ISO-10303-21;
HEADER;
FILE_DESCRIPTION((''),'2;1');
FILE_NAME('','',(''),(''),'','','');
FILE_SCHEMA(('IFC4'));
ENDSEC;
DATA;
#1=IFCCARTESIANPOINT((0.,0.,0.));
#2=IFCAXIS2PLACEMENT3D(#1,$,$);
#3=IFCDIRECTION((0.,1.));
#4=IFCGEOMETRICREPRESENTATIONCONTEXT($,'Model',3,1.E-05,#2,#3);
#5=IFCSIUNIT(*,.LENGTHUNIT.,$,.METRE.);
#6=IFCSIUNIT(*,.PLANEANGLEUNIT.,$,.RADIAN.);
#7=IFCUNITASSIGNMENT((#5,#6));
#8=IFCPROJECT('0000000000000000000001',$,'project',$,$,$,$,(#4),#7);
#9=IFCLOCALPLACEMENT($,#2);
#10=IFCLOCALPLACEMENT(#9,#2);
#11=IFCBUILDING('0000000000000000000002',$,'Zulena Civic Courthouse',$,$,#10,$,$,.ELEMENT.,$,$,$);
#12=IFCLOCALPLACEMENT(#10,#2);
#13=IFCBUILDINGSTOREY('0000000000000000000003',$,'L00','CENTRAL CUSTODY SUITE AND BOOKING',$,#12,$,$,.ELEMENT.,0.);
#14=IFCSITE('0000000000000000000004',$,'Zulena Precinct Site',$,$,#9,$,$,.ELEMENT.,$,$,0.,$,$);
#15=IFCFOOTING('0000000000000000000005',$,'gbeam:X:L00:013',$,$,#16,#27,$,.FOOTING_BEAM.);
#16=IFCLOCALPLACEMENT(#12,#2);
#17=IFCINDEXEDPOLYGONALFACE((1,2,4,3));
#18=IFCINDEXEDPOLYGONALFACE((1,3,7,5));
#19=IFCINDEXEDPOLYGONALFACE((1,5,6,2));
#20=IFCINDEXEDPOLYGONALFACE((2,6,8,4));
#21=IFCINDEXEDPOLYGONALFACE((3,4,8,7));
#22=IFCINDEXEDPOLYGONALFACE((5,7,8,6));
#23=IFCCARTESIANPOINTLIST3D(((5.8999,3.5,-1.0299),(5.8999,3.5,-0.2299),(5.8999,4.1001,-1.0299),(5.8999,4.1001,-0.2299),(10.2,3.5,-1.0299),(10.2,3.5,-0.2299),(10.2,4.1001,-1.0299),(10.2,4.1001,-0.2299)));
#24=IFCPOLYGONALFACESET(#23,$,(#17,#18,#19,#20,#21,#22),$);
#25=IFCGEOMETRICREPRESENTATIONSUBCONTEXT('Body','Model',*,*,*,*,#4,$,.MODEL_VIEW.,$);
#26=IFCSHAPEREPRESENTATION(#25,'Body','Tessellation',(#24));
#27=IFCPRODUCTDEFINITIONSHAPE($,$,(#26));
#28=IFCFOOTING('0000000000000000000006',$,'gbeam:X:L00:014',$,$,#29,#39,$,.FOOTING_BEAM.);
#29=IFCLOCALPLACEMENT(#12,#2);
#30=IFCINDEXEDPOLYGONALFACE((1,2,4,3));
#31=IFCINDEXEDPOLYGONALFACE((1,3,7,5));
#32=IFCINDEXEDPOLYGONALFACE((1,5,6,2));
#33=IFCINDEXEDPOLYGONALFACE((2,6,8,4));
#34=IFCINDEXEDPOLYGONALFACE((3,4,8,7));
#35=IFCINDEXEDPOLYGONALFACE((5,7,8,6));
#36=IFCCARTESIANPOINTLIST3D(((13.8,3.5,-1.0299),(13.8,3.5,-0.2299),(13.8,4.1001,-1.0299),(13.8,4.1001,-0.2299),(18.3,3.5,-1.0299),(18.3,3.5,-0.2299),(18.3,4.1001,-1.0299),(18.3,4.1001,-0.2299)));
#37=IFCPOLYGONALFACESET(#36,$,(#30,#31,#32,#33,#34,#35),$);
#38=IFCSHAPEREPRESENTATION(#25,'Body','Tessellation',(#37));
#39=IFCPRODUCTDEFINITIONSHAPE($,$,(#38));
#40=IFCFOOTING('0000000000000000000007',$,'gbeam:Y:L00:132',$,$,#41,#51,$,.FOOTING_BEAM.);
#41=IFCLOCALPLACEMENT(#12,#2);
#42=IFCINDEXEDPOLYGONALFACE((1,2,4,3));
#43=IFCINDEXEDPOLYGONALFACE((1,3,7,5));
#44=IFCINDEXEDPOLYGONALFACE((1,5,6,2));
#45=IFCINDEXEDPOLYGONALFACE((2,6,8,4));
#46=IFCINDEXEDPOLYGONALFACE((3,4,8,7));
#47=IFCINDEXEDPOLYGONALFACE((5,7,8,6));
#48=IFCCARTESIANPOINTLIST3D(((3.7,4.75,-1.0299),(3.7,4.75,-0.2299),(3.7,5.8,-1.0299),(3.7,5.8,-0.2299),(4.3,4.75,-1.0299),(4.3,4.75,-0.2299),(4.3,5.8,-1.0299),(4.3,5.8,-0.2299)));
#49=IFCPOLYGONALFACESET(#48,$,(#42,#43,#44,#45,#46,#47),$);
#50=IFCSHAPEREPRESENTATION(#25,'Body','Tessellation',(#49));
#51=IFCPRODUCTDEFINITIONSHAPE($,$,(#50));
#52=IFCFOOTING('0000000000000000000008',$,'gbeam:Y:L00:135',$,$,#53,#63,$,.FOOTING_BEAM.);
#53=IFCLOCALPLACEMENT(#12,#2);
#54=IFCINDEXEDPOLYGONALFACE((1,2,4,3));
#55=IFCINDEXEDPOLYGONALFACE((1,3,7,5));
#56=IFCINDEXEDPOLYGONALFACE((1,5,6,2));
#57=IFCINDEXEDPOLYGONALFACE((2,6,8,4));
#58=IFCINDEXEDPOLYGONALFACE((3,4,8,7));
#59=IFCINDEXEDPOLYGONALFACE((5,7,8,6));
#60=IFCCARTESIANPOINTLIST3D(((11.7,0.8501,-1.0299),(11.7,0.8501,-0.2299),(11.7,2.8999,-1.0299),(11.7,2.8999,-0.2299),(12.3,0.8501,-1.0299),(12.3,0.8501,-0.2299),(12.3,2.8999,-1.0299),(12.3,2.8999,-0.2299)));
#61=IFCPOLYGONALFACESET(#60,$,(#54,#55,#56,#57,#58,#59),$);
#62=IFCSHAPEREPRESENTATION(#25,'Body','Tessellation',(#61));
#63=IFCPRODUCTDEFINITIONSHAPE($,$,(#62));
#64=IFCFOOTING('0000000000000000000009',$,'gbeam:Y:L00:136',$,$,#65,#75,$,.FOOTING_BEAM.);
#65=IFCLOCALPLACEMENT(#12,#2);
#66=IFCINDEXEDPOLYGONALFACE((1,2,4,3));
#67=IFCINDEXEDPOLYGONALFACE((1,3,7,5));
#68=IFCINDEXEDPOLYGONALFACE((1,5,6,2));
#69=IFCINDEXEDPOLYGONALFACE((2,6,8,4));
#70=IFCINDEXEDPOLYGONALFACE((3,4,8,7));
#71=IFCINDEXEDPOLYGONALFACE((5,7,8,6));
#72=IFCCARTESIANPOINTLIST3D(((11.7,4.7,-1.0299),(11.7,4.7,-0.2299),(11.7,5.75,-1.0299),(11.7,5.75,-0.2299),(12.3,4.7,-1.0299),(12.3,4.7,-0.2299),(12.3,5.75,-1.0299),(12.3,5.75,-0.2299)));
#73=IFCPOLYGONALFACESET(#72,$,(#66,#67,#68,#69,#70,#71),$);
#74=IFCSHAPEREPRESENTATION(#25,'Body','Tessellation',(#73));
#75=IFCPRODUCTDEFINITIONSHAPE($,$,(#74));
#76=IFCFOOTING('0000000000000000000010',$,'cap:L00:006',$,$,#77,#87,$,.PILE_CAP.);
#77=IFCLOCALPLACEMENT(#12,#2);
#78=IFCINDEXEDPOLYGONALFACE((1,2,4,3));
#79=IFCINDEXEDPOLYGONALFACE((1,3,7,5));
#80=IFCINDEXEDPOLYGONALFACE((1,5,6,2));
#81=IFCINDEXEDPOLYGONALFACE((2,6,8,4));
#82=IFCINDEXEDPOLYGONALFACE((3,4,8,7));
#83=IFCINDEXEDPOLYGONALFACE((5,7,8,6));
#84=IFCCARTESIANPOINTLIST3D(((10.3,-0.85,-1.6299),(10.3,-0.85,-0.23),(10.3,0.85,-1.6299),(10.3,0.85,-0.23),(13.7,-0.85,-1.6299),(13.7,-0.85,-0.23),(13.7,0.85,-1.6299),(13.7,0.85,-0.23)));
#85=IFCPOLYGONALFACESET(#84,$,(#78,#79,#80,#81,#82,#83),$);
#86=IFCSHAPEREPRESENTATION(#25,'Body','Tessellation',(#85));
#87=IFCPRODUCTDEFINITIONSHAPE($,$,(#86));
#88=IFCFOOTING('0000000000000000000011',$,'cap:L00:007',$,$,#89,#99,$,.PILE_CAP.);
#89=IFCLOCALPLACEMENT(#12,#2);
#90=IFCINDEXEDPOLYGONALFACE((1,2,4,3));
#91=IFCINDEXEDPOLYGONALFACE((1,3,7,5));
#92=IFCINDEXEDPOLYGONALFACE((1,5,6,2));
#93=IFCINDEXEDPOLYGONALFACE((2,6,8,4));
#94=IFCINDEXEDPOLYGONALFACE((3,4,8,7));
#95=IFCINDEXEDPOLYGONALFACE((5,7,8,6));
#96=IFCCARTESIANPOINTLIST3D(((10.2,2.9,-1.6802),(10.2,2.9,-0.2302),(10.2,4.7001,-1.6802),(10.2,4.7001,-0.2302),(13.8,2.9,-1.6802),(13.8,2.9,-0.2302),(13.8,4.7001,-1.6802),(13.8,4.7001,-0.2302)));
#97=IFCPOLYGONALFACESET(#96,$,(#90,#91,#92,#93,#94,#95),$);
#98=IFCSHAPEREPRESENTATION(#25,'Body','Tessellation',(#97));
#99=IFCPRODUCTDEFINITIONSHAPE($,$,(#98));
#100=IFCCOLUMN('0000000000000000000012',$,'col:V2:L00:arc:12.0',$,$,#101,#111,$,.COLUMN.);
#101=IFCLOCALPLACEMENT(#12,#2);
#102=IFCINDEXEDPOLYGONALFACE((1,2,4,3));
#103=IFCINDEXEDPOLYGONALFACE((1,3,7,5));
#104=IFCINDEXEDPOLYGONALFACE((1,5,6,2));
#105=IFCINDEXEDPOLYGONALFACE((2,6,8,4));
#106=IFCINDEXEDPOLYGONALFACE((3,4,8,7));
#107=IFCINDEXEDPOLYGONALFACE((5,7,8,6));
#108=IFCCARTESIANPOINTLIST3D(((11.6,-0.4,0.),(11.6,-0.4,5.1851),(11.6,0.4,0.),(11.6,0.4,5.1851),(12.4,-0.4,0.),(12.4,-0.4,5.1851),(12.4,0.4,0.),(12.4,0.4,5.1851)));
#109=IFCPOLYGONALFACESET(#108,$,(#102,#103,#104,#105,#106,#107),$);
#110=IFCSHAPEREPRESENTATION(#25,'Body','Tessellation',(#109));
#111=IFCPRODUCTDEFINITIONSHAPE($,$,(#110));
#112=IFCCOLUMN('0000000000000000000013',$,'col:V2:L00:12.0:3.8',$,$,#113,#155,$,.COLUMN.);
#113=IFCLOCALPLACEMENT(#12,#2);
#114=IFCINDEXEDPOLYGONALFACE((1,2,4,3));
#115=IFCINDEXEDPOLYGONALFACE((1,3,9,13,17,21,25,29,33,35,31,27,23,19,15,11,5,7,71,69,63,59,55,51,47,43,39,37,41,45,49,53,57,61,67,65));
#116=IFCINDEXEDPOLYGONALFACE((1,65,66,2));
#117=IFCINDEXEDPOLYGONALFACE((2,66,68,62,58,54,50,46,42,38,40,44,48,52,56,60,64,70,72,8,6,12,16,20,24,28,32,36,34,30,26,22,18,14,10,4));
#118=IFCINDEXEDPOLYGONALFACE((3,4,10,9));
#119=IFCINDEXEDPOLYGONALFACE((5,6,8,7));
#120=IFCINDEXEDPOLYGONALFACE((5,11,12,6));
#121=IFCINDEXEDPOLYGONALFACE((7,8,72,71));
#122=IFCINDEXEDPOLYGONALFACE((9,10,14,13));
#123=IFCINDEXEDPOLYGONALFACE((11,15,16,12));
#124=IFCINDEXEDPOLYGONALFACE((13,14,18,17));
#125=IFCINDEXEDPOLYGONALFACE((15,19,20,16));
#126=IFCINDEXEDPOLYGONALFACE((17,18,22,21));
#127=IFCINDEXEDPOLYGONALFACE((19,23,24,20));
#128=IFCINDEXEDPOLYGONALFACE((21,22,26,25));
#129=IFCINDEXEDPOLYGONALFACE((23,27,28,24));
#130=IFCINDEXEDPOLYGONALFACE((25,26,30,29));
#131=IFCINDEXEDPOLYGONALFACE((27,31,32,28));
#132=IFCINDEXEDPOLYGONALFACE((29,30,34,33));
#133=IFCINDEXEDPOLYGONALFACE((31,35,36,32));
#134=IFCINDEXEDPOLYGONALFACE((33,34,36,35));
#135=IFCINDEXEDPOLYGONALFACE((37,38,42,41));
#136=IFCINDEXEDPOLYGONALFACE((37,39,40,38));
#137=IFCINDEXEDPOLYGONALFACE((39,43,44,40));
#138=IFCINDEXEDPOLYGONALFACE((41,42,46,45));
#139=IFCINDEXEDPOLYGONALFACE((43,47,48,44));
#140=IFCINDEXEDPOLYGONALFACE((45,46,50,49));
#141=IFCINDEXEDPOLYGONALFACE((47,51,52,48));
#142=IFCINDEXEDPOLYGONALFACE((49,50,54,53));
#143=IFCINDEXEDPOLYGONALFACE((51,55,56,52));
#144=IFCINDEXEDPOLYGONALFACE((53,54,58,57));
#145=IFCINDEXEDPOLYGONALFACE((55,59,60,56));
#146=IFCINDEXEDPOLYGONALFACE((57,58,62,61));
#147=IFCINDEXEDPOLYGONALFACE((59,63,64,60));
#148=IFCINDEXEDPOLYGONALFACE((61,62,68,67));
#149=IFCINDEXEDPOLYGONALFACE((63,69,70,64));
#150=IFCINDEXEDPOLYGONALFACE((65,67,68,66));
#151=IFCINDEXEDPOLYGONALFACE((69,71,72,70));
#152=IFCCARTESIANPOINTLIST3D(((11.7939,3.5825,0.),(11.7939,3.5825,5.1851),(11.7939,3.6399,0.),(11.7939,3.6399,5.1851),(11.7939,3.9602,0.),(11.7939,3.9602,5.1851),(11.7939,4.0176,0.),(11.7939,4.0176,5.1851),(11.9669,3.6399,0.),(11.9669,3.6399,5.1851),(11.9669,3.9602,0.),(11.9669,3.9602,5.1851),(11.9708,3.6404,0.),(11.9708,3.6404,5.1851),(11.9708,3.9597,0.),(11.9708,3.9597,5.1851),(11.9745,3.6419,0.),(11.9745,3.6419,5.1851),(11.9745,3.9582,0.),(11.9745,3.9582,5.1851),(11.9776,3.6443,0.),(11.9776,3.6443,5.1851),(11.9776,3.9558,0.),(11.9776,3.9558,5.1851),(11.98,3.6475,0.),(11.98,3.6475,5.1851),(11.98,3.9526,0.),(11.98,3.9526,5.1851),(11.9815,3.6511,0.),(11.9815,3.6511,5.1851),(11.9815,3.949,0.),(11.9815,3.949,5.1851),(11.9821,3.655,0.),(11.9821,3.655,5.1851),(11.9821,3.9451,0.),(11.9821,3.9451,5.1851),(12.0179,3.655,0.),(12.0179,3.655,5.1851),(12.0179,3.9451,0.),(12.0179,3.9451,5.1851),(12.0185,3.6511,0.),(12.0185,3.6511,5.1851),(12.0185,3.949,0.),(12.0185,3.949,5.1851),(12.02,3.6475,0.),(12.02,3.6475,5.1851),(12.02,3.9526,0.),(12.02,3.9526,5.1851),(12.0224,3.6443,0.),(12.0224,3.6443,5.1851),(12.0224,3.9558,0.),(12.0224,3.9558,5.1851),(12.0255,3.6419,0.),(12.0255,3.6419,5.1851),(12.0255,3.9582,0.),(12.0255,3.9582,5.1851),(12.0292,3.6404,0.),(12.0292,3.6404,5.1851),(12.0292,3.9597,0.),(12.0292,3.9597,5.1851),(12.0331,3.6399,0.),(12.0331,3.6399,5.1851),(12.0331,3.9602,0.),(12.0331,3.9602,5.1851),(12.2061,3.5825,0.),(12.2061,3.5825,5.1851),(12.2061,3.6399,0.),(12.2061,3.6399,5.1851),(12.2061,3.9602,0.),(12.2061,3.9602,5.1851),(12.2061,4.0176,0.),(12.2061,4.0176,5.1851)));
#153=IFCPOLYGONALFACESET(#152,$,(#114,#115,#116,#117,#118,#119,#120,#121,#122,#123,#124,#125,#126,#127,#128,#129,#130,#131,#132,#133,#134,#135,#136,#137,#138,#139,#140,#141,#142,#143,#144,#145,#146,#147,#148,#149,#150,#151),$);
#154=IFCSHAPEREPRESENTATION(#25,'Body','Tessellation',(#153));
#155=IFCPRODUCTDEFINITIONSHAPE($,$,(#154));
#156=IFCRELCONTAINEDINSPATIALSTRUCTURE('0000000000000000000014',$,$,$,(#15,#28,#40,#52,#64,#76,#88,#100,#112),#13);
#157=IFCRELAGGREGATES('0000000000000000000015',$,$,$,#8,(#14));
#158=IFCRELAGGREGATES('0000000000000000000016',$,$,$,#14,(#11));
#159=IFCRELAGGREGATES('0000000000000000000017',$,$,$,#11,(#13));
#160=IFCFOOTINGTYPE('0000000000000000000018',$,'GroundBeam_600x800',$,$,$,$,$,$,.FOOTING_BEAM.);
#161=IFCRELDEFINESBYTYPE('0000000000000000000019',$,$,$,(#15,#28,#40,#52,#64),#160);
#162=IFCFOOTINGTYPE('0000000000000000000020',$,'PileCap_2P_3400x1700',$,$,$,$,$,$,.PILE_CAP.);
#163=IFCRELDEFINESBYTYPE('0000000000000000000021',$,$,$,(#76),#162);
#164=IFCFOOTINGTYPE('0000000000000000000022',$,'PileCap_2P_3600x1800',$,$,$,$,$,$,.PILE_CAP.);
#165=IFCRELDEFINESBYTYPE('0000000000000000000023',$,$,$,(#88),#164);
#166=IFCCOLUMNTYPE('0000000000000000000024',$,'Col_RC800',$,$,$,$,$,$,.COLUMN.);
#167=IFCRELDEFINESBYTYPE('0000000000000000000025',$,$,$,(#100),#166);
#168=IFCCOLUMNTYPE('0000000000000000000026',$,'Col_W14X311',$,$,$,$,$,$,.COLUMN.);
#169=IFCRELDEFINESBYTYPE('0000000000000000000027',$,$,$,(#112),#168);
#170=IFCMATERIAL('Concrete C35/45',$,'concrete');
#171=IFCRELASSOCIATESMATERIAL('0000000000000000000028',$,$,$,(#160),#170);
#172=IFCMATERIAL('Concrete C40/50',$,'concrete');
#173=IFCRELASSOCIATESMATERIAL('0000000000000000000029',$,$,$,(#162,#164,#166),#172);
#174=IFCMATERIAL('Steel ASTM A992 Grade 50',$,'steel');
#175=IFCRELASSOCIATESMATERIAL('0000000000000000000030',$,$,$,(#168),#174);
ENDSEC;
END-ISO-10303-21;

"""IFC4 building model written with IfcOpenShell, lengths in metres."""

from ifc_helpers import new_model, si_unit, direction, frame, origin, origin_2d, place, context, subcontext, project, spatial, rectangle, i_section, extrude, material, material_profile, profile_set, type_object, element, save


model = new_model("IFC4")

# Units and contexts
model_context = context("Model", 3, precision=1e-05, world=origin(), true_north=direction((0.0, 1.0)))
body_context = subcontext(model_context, "Body", "Model", "MODEL_VIEW")
ifc_project = project(units=[si_unit("LENGTHUNIT", "METRE"), si_unit("PLANEANGLEUNIT", "RADIAN")], contexts=[model_context])

# Site, building, storey
site_placement = place(None, origin())
site = spatial("IfcSite", under=ifc_project, at=site_placement, Name="Zulena Precinct Site", CompositionType="ELEMENT", RefElevation=0.0)
building_placement = place(site_placement, origin())
building = spatial("IfcBuilding", under=site, at=building_placement, Name="Zulena Civic Courthouse", CompositionType="ELEMENT")
storey_placement = place(building_placement, origin())
storey = spatial("IfcBuildingStorey", under=building, at=storey_placement, Name="L00", Description="CENTRAL CUSTODY SUITE AND BOOKING", CompositionType="ELEMENT", Elevation=0.0)

# Shared definitions
ifc_material_1 = material(Name="Concrete C40/50", Category="concrete")

# Footings
ifc_material_2 = material(Name="Concrete C35/45", Category="concrete")
ifc_material_profile_1 = material_profile(ifc_material_2, rectangle(XDim=0.6001, YDim=0.8, at=origin_2d()), Name="RC600X800")
ifc_profile_set_1 = profile_set([ifc_material_profile_1], Name="Concrete C35/45")
footing_type_1 = type_object("IfcFootingType", Name="GroundBeam_600x800", PredefinedType="FOOTING_BEAM", material=ifc_profile_set_1)
footing_1_placement = place(storey_placement, frame((5.8999, 3.8, -0.6299), z_axis=(1.0, 0.0, 0.0), x_axis=(0.0, 1.0, 0.0)))
element("IfcFooting", 1, at=footing_1_placement, inside=storey, type_object=footing_type_1, Name="gbeam:X:L00:013", PredefinedType="FOOTING_BEAM", context=body_context, shape_type="SweptSolid", body=[
    extrude(rectangle(XDim=0.6001, YDim=0.8, at=origin_2d()), origin(), (0.0, 0.0, 1.0), 4.3),
])
footing_2_placement = place(storey_placement, frame((13.8, 3.8, -0.6299), z_axis=(1.0, 0.0, 0.0), x_axis=(0.0, 1.0, 0.0)))
element("IfcFooting", 2, at=footing_2_placement, inside=storey, type_object=footing_type_1, Name="gbeam:X:L00:014", PredefinedType="FOOTING_BEAM", context=body_context, shape_type="SweptSolid", body=[
    extrude(rectangle(XDim=0.6001, YDim=0.8, at=origin_2d()), origin(), (0.0, 0.0, 1.0), 4.5),
])
footing_3_placement = place(storey_placement, frame((4.0, 4.75, -0.6299), z_axis=(0.0, 1.0, 0.0), x_axis=(-1.0, 0.0, 0.0)))
element("IfcFooting", 3, at=footing_3_placement, inside=storey, type_object=footing_type_1, Name="gbeam:Y:L00:132", PredefinedType="FOOTING_BEAM", context=body_context, shape_type="SweptSolid", body=[
    extrude(rectangle(XDim=0.6001, YDim=0.8, at=origin_2d()), origin(), (0.0, 0.0, 1.0), 1.05),
])
footing_4_placement = place(storey_placement, frame((12.0, 0.8501, -0.6299), z_axis=(0.0, 1.0, 0.0), x_axis=(-1.0, 0.0, 0.0)))
element("IfcFooting", 4, at=footing_4_placement, inside=storey, type_object=footing_type_1, Name="gbeam:Y:L00:135", PredefinedType="FOOTING_BEAM", context=body_context, shape_type="SweptSolid", body=[
    extrude(rectangle(XDim=0.6001, YDim=0.8, at=origin_2d()), origin(), (0.0, 0.0, 1.0), 2.0498),
])
footing_5_placement = place(storey_placement, frame((12.0, 4.7, -0.6299), z_axis=(0.0, 1.0, 0.0), x_axis=(-1.0, 0.0, 0.0)))
element("IfcFooting", 5, at=footing_5_placement, inside=storey, type_object=footing_type_1, Name="gbeam:Y:L00:136", PredefinedType="FOOTING_BEAM", context=body_context, shape_type="SweptSolid", body=[
    extrude(rectangle(XDim=0.6001, YDim=0.8, at=origin_2d()), origin(), (0.0, 0.0, 1.0), 1.05),
])
footing_type_2 = type_object("IfcFootingType", Name="PileCap_2P_3400x1700", PredefinedType="PILE_CAP", material=ifc_material_1)
footing_6_placement = place(storey_placement, frame((12.0, 0.0, -1.6299), z_axis=(0.0, 0.0, 1.0), x_axis=(1.0, 0.0, 0.0)))
element("IfcFooting", 6, at=footing_6_placement, inside=storey, type_object=footing_type_2, Name="cap:L00:006", PredefinedType="PILE_CAP", context=body_context, shape_type="SweptSolid", body=[
    extrude(rectangle(XDim=3.3999, YDim=1.7, at=origin_2d()), origin(), (0.0, 0.0, 1.0), 1.3999),
])
footing_type_3 = type_object("IfcFootingType", Name="PileCap_2P_3600x1800", PredefinedType="PILE_CAP", material=ifc_material_1)
footing_7_placement = place(storey_placement, frame((12.0, 3.8, -1.6802), z_axis=(0.0, 0.0, 1.0), x_axis=(1.0, 0.0, 0.0)))
element("IfcFooting", 7, at=footing_7_placement, inside=storey, type_object=footing_type_3, Name="cap:L00:007", PredefinedType="PILE_CAP", context=body_context, shape_type="SweptSolid", body=[
    extrude(rectangle(XDim=3.6001, YDim=1.8, at=origin_2d()), origin(), (0.0, 0.0, 1.0), 1.45),
])

# Columns
ifc_material_profile_2 = material_profile(ifc_material_1, rectangle(XDim=0.8, YDim=0.8, at=origin_2d()), Name="RC800X800")
ifc_profile_set_2 = profile_set([ifc_material_profile_2], Name="Concrete C40/50")
column_type_1 = type_object("IfcColumnType", Name="Col_RC800", PredefinedType="COLUMN", material=ifc_profile_set_2)
column_1_placement = place(storey_placement, frame((12.0, 0.0, 0.0), z_axis=(0.0, 0.0, 1.0), x_axis=(1.0, 0.0, 0.0)))
element("IfcColumn", 8, at=column_1_placement, inside=storey, type_object=column_type_1, Name="col:V2:L00:arc:12.0", PredefinedType="COLUMN", context=body_context, shape_type="SweptSolid", body=[
    extrude(rectangle(XDim=0.8, YDim=0.8, at=origin_2d()), origin(), (0.0, 0.0, 1.0), 5.1851),
])
ifc_material_3 = material(Name="Steel ASTM A992 Grade 50", Category="steel")
ifc_material_profile_3 = material_profile(ifc_material_3, i_section(OverallWidth=0.4121, OverallDepth=0.4351, WebThickness=0.0359, FlangeThickness=0.0574, FilletRadius=0.0151, at=origin_2d()), Name="W14X311")
ifc_profile_set_3 = profile_set([ifc_material_profile_3], Name="Steel ASTM A992 Grade 50")
column_type_2 = type_object("IfcColumnType", Name="Col_W14X311", PredefinedType="COLUMN", material=ifc_profile_set_3)
column_2_placement = place(storey_placement, frame((12.0, 3.8, 0.0), z_axis=(0.0, 0.0, 1.0), x_axis=(1.0, 0.0, 0.0)))
element("IfcColumn", 9, at=column_2_placement, inside=storey, type_object=column_type_2, Name="col:V2:L00:12.0:3.8", PredefinedType="COLUMN", context=body_context, shape_type="SweptSolid", body=[
    extrude(i_section(OverallWidth=0.4121, OverallDepth=0.4351, WebThickness=0.0359, FlangeThickness=0.0574, FilletRadius=0.0151, at=origin_2d()), origin(), (0.0, 0.0, 1.0), 5.1851),
])

save(model, "model.ifc")
